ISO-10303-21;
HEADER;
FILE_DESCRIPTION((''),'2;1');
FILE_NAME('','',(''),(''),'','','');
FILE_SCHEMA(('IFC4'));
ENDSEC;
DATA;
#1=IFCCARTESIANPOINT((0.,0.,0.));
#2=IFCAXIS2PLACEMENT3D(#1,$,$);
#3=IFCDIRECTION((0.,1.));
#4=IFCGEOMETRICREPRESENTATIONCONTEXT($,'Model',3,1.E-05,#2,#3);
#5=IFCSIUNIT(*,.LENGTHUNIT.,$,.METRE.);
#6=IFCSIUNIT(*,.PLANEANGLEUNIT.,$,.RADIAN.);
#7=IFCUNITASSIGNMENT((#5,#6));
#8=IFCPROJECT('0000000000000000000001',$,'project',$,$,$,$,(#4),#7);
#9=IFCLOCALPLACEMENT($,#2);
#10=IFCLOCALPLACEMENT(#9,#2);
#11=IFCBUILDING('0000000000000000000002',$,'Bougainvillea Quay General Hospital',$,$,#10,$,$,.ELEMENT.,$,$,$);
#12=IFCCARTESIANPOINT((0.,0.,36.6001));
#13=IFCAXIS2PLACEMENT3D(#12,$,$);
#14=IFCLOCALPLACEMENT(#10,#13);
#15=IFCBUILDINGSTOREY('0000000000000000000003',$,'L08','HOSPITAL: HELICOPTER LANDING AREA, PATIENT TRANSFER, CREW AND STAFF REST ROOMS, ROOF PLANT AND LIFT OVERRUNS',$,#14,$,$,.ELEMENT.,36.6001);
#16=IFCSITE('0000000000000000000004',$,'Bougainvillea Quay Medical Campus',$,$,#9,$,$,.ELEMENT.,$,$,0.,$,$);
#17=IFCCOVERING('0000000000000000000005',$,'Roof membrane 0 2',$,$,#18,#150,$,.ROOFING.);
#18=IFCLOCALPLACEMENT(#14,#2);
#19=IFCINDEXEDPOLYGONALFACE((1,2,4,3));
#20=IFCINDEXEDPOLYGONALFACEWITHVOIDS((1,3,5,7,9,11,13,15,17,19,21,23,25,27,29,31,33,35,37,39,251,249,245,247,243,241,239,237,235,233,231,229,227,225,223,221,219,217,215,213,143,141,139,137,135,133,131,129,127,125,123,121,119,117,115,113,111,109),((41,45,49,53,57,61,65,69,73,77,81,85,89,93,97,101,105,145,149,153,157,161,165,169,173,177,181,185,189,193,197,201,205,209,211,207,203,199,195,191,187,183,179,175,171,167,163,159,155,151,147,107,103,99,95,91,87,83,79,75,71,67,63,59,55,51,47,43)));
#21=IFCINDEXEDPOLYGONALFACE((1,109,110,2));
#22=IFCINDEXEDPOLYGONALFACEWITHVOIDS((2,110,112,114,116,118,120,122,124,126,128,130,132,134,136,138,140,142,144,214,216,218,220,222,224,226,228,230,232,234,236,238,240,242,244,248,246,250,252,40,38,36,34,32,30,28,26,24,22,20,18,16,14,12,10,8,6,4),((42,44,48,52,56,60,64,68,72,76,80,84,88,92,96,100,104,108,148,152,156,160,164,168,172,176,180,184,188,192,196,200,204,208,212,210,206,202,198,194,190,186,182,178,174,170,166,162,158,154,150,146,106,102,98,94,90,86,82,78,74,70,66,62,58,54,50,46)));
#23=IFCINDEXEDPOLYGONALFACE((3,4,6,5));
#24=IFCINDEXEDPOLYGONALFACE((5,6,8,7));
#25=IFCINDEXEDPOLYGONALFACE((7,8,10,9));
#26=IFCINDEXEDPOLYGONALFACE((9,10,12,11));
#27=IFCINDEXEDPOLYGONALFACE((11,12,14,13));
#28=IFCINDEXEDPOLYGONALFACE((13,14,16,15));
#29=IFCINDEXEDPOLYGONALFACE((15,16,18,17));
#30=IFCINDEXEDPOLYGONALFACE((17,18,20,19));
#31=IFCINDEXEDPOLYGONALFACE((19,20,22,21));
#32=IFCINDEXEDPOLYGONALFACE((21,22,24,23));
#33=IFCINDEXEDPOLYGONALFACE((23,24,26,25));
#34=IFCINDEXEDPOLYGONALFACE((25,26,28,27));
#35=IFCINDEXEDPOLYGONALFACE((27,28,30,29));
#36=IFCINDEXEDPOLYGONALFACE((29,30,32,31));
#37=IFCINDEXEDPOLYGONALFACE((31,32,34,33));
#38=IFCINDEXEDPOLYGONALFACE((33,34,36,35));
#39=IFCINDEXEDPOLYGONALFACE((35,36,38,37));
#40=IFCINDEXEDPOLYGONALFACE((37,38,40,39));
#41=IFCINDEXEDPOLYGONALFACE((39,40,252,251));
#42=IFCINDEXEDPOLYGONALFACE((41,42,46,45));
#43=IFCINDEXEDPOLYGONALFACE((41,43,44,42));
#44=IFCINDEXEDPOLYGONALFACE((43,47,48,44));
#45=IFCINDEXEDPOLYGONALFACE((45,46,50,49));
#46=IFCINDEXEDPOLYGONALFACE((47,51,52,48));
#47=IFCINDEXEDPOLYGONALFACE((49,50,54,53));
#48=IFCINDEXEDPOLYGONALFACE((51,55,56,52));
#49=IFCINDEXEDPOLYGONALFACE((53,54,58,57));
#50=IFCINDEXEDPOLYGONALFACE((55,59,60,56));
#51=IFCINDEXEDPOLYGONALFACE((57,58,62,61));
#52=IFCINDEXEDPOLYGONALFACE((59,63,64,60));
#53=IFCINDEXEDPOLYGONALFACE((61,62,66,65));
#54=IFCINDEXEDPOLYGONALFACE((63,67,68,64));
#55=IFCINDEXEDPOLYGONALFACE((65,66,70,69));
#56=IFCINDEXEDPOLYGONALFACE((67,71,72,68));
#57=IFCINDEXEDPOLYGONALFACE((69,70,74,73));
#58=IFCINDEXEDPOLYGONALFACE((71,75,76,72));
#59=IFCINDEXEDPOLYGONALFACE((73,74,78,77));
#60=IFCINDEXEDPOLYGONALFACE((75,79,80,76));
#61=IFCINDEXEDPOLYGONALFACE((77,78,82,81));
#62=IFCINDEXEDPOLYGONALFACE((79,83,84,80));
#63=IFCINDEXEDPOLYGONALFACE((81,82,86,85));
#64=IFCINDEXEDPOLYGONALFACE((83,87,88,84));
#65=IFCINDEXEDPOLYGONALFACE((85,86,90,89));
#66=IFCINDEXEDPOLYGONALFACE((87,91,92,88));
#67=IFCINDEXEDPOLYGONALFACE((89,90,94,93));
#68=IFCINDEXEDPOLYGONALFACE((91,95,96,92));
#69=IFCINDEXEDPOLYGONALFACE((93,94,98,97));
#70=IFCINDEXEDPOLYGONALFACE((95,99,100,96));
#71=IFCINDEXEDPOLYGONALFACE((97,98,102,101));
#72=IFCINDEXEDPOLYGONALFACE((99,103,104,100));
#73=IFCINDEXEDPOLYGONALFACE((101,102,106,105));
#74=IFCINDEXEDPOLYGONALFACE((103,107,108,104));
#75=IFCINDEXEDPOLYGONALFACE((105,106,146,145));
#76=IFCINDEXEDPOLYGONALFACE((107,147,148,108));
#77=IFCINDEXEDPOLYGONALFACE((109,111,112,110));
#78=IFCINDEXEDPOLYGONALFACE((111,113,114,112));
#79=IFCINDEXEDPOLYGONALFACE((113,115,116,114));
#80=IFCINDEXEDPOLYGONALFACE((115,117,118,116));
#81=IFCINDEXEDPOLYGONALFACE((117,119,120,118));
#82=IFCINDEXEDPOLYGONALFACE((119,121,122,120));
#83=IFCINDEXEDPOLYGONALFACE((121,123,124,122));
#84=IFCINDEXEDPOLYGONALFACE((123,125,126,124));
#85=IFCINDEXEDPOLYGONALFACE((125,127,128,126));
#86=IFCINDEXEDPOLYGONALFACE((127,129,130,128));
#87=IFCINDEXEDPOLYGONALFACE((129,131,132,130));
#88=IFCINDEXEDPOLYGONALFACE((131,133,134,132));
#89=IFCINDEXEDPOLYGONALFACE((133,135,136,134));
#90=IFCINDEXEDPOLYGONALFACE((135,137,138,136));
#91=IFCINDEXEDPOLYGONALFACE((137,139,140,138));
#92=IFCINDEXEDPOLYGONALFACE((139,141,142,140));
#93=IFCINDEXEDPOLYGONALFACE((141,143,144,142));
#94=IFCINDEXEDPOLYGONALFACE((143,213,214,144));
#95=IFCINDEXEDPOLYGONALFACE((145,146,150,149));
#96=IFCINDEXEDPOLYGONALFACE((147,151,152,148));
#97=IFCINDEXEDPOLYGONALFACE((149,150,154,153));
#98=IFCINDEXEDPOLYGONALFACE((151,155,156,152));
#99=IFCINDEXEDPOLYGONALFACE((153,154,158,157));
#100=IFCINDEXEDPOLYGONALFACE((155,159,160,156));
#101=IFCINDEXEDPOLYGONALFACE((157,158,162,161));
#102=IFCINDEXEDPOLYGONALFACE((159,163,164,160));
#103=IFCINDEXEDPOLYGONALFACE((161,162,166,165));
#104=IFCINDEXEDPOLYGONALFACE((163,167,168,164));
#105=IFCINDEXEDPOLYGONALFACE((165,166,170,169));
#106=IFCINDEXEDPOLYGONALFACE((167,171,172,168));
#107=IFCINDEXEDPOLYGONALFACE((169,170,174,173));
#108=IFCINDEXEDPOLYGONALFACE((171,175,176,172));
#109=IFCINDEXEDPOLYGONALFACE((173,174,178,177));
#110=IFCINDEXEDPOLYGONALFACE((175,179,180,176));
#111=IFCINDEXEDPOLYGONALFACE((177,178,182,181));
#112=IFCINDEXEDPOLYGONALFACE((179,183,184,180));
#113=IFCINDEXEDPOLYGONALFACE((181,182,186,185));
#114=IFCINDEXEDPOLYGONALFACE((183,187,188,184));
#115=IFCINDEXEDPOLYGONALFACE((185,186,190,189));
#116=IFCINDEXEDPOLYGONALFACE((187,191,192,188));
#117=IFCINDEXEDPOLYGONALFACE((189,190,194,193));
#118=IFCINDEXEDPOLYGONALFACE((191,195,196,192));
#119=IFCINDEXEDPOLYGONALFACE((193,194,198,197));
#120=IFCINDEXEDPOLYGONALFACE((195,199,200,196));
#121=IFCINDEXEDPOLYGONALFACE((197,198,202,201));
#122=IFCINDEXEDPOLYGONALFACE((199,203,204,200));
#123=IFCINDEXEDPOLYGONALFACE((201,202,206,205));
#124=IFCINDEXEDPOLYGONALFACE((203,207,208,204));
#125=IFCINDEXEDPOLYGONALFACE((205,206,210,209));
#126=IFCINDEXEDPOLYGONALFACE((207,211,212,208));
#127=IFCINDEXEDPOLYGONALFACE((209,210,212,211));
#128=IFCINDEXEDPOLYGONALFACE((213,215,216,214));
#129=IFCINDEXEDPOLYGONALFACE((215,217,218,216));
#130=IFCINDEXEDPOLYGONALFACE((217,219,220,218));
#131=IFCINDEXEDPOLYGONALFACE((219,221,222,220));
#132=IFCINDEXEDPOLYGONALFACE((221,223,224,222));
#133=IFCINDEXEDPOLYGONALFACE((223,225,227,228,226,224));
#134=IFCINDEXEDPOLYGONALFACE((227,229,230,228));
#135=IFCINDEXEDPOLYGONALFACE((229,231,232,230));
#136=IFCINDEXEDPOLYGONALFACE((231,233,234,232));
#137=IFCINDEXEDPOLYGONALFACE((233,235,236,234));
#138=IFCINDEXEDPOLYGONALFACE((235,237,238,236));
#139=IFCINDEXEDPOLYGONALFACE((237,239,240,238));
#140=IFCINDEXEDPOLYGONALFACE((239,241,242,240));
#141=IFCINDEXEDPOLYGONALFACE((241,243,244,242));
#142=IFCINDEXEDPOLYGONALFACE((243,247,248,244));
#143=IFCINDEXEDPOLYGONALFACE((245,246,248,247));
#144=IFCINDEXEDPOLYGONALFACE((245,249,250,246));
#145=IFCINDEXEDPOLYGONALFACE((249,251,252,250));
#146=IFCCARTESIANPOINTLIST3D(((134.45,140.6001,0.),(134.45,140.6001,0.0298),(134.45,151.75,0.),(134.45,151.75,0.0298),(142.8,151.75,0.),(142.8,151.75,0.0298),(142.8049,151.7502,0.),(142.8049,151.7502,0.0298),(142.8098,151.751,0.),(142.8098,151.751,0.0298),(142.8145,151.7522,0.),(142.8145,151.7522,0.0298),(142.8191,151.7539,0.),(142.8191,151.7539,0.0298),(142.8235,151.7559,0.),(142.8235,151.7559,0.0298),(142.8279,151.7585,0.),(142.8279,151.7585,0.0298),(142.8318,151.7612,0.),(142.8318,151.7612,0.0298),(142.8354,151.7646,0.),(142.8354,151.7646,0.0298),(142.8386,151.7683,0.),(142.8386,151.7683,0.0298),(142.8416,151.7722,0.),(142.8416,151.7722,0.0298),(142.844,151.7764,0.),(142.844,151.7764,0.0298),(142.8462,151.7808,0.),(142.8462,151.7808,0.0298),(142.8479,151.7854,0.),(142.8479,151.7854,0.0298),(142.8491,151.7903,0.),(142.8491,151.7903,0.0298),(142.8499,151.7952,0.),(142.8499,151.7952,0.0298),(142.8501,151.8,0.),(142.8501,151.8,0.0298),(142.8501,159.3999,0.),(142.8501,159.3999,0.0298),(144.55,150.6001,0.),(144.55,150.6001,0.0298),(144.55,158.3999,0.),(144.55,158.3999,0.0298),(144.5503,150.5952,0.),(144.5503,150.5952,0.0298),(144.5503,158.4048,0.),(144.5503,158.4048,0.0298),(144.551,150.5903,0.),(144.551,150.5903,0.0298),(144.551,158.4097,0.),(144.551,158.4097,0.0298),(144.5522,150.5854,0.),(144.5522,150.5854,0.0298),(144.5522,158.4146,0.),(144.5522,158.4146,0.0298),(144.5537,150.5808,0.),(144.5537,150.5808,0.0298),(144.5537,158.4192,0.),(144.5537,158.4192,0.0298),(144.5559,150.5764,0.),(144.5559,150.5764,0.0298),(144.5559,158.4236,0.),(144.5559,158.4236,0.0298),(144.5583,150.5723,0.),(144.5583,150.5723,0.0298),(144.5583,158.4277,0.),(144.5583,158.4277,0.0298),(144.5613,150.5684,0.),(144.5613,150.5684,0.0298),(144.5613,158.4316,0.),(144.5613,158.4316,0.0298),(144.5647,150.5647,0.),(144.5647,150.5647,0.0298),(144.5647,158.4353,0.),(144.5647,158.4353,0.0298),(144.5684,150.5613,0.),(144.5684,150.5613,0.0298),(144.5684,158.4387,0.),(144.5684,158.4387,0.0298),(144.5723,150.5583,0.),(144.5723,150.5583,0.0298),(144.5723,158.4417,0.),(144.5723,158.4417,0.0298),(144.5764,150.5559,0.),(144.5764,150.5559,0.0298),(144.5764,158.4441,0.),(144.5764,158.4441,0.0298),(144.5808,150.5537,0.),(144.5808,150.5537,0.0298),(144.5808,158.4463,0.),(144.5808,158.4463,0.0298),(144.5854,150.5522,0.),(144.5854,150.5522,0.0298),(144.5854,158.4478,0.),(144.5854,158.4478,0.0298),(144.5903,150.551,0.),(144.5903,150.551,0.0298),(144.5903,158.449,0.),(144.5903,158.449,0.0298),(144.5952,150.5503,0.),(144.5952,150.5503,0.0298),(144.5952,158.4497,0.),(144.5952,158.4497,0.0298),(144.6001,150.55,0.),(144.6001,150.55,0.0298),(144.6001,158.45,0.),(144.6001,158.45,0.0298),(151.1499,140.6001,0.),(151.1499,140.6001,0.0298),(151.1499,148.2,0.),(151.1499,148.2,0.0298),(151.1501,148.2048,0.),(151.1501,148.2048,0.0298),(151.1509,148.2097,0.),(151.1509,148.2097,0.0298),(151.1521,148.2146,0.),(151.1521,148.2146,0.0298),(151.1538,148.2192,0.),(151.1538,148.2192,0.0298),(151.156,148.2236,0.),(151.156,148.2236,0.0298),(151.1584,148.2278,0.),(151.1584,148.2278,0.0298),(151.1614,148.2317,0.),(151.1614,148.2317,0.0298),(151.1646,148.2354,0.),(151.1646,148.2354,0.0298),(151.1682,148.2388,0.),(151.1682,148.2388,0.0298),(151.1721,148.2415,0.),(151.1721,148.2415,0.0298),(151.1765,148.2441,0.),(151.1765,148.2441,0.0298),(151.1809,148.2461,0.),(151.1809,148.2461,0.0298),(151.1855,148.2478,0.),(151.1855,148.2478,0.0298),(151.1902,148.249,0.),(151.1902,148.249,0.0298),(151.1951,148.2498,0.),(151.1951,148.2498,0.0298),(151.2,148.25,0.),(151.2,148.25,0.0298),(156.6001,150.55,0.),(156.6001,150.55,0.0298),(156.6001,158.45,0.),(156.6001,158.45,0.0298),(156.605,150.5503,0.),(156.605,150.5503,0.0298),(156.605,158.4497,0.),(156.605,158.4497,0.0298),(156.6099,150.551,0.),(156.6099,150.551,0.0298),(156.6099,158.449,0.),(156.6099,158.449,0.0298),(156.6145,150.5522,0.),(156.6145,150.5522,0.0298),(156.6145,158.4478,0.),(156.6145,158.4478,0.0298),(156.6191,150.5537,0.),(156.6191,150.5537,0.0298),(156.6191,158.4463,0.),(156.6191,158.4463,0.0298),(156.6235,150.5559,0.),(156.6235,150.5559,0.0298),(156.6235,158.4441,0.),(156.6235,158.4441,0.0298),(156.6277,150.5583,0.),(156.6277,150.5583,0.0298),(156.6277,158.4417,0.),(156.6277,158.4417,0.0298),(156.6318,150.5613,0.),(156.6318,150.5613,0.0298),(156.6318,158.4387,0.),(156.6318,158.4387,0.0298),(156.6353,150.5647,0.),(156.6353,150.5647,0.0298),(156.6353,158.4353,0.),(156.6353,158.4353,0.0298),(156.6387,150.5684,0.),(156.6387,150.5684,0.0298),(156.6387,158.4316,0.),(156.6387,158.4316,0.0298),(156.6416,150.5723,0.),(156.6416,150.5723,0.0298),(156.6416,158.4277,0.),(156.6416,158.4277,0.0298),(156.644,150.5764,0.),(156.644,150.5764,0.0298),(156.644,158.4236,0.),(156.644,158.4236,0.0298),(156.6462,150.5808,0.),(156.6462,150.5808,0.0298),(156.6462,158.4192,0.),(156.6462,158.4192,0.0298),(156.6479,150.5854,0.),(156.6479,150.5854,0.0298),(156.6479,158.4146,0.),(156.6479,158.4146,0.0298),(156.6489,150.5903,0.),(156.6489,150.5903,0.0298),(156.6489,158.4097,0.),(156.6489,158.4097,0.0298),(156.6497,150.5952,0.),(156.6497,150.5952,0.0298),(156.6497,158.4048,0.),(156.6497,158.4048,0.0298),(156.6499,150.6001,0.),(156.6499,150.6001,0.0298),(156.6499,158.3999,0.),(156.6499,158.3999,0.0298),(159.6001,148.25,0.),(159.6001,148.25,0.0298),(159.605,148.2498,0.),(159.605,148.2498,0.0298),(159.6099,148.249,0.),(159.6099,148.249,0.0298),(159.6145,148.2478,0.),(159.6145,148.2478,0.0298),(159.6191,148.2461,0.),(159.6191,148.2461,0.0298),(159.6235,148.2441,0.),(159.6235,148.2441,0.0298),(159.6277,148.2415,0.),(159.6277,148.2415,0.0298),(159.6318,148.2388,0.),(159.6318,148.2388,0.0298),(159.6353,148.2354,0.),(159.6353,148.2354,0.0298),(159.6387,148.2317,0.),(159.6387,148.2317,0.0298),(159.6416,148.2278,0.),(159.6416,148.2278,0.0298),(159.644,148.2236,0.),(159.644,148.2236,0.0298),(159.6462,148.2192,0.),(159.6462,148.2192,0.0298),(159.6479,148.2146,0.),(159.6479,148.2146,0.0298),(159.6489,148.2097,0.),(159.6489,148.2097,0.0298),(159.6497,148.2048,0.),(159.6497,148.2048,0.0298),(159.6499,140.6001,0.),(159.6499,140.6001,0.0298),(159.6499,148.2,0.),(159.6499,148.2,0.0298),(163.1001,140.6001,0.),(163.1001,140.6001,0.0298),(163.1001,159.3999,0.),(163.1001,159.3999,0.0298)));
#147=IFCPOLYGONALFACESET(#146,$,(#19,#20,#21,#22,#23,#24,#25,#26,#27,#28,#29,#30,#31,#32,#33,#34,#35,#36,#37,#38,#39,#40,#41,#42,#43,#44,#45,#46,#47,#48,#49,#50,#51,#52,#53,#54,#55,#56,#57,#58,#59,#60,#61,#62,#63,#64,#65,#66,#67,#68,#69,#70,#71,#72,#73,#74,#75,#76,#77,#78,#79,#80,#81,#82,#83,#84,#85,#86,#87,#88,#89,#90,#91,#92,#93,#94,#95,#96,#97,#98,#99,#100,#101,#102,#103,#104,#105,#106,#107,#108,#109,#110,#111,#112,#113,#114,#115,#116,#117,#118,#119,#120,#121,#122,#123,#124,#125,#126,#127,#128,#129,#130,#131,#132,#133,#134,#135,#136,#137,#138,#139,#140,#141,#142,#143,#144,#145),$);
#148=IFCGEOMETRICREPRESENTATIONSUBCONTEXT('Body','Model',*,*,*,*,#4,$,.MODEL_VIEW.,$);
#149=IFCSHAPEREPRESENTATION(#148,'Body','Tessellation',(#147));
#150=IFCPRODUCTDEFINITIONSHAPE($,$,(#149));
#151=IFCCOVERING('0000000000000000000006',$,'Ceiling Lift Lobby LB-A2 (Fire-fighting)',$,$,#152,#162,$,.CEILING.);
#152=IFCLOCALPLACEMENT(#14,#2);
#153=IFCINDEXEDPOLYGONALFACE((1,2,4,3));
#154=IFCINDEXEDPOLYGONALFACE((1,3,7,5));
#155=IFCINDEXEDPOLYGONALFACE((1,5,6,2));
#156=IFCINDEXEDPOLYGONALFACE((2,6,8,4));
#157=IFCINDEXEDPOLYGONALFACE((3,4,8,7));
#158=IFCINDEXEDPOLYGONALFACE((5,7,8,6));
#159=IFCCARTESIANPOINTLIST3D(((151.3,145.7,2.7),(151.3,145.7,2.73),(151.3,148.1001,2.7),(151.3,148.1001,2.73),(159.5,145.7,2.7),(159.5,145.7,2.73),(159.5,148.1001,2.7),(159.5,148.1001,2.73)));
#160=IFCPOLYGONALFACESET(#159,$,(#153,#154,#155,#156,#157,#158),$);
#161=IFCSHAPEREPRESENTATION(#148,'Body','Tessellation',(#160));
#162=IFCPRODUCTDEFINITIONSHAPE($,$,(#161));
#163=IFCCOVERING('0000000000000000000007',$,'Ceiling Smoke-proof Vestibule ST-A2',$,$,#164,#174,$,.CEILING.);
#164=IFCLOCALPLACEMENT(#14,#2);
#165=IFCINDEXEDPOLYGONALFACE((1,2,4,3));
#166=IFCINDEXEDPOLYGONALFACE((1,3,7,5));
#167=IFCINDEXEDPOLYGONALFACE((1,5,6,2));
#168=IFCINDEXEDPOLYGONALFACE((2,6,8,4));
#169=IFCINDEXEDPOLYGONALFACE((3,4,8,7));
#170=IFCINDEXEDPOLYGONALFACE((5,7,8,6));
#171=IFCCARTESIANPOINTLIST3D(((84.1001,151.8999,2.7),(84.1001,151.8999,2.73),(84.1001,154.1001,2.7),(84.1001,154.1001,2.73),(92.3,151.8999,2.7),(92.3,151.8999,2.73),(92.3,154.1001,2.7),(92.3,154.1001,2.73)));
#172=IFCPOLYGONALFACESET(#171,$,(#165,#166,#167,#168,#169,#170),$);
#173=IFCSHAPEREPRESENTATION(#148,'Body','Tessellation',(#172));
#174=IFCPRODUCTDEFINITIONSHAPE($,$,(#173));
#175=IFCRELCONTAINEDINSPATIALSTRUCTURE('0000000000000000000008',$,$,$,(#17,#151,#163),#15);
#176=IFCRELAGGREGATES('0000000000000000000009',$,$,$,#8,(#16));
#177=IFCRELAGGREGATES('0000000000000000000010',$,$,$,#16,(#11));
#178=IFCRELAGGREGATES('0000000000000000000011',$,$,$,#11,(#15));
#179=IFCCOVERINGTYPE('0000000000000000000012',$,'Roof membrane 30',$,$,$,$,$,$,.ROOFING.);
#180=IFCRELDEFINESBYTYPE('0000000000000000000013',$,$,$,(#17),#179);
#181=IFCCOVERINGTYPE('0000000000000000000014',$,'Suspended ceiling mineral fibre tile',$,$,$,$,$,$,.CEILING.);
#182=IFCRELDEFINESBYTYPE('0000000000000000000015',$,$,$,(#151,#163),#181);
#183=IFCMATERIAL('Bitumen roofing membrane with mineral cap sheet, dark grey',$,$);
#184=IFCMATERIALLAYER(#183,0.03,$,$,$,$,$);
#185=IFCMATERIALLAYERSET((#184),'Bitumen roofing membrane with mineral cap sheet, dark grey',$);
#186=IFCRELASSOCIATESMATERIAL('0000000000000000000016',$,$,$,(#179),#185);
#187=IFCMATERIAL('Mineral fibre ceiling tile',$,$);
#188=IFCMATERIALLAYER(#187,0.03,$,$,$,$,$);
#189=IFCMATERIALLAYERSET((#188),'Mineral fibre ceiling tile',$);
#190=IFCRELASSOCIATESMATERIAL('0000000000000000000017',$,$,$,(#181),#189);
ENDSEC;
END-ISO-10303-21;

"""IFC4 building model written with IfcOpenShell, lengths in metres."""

from ifc_helpers import new_model, si_unit, direction, frame, origin, place, context, subcontext, project, spatial, polyline, outline, extrude, material, layer, layer_set, type_object, element, save


model = new_model("IFC4")

# Units and contexts
model_context = context("Model", 3, precision=1e-05, world=origin(), true_north=direction((0.0, 1.0)))
body_context = subcontext(model_context, "Body", "Model", "MODEL_VIEW")
ifc_project = project(units=[si_unit("LENGTHUNIT", "METRE"), si_unit("PLANEANGLEUNIT", "RADIAN")], contexts=[model_context])

# Site, building, storey
site_placement = place(None, origin())
site = spatial("IfcSite", under=ifc_project, at=site_placement, Name="Bougainvillea Quay Medical Campus", CompositionType="ELEMENT", RefElevation=0.0)
building_placement = place(site_placement, origin())
building = spatial("IfcBuilding", under=site, at=building_placement, Name="Bougainvillea Quay General Hospital", CompositionType="ELEMENT")
storey_placement = place(building_placement, frame((0.0, 0.0, 36.6001)))
storey = spatial("IfcBuildingStorey", under=building, at=storey_placement, Name="L08", Description="HOSPITAL: HELICOPTER LANDING AREA, PATIENT TRANSFER, CREW AND STAFF REST ROOMS, ROOF PLANT AND LIFT OVERRUNS", CompositionType="ELEMENT", Elevation=36.6001)

# Coverings
ifc_material_1 = material(Name="Bitumen roofing membrane with mineral cap sheet, dark grey")
ifc_layer_1 = layer(ifc_material_1, 0.03)
ifc_layer_set_1 = layer_set([ifc_layer_1], Name="Bitumen roofing membrane with mineral cap sheet, dark grey")
covering_type_1 = type_object("IfcCoveringType", Name="Roof membrane 30", PredefinedType="ROOFING", material=ifc_layer_set_1)
covering_1_placement = place(storey_placement, origin())
element("IfcCovering", 1, at=covering_1_placement, inside=storey, type_object=covering_type_1, Name="Roof membrane 0 2", PredefinedType="ROOFING", context=body_context, shape_type="SweptSolid", body=[
    extrude(outline(polyline([(163.1001, 159.3999), (163.1001, 140.6001), (159.6499, 140.6001), (159.6499, 148.2), (159.6497, 148.2048), (159.6489, 148.2097), (159.6479, 148.2146), (159.6462, 148.2192), (159.644, 148.2236), (159.6416, 148.2278), (159.6387, 148.2317), (159.6353, 148.2354), (159.6318, 148.2388), (159.6277, 148.2415), (159.6235, 148.2441), (159.6191, 148.2461), (159.6145, 148.2478), (159.6099, 148.249), (159.605, 148.2498), (159.6001, 148.25), (151.2, 148.25), (151.1951, 148.2498), (151.1902, 148.249), (151.1855, 148.2478), (151.1809, 148.2461), (151.1765, 148.2441), (151.1721, 148.2415), (151.1682, 148.2388), (151.1646, 148.2354), (151.1614, 148.2317), (151.1584, 148.2278), (151.156, 148.2236), (151.1538, 148.2192), (151.1521, 148.2146), (151.1509, 148.2097), (151.1501, 148.2048), (151.1499, 148.2), (151.1499, 140.6001), (134.45, 140.6001), (134.45, 151.75), (142.8, 151.75), (142.8049, 151.7502), (142.8098, 151.751), (142.8145, 151.7522), (142.8191, 151.7539), (142.8235, 151.7559), (142.8279, 151.7585), (142.8318, 151.7612), (142.8354, 151.7646), (142.8386, 151.7683), (142.8416, 151.7722), (142.844, 151.7764), (142.8462, 151.7808), (142.8479, 151.7854), (142.8491, 151.7903), (142.8499, 151.7952), (142.8501, 151.8), (142.8501, 159.3999), (163.1001, 159.3999)]), holes=[polyline([(144.6001, 158.45), (144.5952, 158.4497), (144.5903, 158.449), (144.5854, 158.4478), (144.5808, 158.4463), (144.5764, 158.4441), (144.5723, 158.4417), (144.5684, 158.4387), (144.5647, 158.4353), (144.5613, 158.4316), (144.5583, 158.4277), (144.5559, 158.4236), (144.5537, 158.4192), (144.5522, 158.4146), (144.551, 158.4097), (144.5503, 158.4048), (144.55, 158.3999), (144.55, 150.6001), (144.5503, 150.5952), (144.551, 150.5903), (144.5522, 150.5854), (144.5537, 150.5808), (144.5559, 150.5764), (144.5583, 150.5723), (144.5613, 150.5684), (144.5647, 150.5647), (144.5684, 150.5613), (144.5723, 150.5583), (144.5764, 150.5559), (144.5808, 150.5537), (144.5854, 150.5522), (144.5903, 150.551), (144.5952, 150.5503), (144.6001, 150.55), (156.6001, 150.55), (156.605, 150.5503), (156.6099, 150.551), (156.6145, 150.5522), (156.6191, 150.5537), (156.6235, 150.5559), (156.6277, 150.5583), (156.6318, 150.5613), (156.6353, 150.5647), (156.6387, 150.5684), (156.6416, 150.5723), (156.644, 150.5764), (156.6462, 150.5808), (156.6479, 150.5854), (156.6489, 150.5903), (156.6497, 150.5952), (156.6499, 150.6001), (156.6499, 158.3999), (156.6497, 158.4048), (156.6489, 158.4097), (156.6479, 158.4146), (156.6462, 158.4192), (156.644, 158.4236), (156.6416, 158.4277), (156.6387, 158.4316), (156.6353, 158.4353), (156.6318, 158.4387), (156.6277, 158.4417), (156.6235, 158.4441), (156.6191, 158.4463), (156.6145, 158.4478), (156.6099, 158.449), (156.605, 158.4497), (156.6001, 158.45), (144.6001, 158.45)])]), origin(), (0.0, 0.0, 1.0), 0.0298),
])
ifc_material_2 = material(Name="Mineral fibre ceiling tile")
ifc_layer_2 = layer(ifc_material_2, 0.03)
ifc_layer_set_2 = layer_set([ifc_layer_2], Name="Mineral fibre ceiling tile")
covering_type_2 = type_object("IfcCoveringType", Name="Suspended ceiling mineral fibre tile", PredefinedType="CEILING", material=ifc_layer_set_2)
covering_2_placement = place(storey_placement, frame((0.0, 0.0, 2.7)))
element("IfcCovering", 2, at=covering_2_placement, inside=storey, type_object=covering_type_2, Name="Ceiling Lift Lobby LB-A2 (Fire-fighting)", PredefinedType="CEILING", context=body_context, shape_type="SweptSolid", body=[
    extrude(outline(polyline([(151.3, 148.1001), (151.3, 145.7), (159.5, 145.7), (159.5, 148.1001), (151.3, 148.1001)])), origin(), (0.0, 0.0, 1.0), 0.03),
])
covering_3_placement = place(storey_placement, frame((0.0, 0.0, 2.7)))
element("IfcCovering", 3, at=covering_3_placement, inside=storey, type_object=covering_type_2, Name="Ceiling Smoke-proof Vestibule ST-A2", PredefinedType="CEILING", context=body_context, shape_type="SweptSolid", body=[
    extrude(outline(polyline([(92.3, 154.1001), (84.1001, 154.1001), (84.1001, 151.8999), (92.3, 151.8999), (92.3, 154.1001)])), origin(), (0.0, 0.0, 1.0), 0.03),
])

save(model, "model.ifc")
